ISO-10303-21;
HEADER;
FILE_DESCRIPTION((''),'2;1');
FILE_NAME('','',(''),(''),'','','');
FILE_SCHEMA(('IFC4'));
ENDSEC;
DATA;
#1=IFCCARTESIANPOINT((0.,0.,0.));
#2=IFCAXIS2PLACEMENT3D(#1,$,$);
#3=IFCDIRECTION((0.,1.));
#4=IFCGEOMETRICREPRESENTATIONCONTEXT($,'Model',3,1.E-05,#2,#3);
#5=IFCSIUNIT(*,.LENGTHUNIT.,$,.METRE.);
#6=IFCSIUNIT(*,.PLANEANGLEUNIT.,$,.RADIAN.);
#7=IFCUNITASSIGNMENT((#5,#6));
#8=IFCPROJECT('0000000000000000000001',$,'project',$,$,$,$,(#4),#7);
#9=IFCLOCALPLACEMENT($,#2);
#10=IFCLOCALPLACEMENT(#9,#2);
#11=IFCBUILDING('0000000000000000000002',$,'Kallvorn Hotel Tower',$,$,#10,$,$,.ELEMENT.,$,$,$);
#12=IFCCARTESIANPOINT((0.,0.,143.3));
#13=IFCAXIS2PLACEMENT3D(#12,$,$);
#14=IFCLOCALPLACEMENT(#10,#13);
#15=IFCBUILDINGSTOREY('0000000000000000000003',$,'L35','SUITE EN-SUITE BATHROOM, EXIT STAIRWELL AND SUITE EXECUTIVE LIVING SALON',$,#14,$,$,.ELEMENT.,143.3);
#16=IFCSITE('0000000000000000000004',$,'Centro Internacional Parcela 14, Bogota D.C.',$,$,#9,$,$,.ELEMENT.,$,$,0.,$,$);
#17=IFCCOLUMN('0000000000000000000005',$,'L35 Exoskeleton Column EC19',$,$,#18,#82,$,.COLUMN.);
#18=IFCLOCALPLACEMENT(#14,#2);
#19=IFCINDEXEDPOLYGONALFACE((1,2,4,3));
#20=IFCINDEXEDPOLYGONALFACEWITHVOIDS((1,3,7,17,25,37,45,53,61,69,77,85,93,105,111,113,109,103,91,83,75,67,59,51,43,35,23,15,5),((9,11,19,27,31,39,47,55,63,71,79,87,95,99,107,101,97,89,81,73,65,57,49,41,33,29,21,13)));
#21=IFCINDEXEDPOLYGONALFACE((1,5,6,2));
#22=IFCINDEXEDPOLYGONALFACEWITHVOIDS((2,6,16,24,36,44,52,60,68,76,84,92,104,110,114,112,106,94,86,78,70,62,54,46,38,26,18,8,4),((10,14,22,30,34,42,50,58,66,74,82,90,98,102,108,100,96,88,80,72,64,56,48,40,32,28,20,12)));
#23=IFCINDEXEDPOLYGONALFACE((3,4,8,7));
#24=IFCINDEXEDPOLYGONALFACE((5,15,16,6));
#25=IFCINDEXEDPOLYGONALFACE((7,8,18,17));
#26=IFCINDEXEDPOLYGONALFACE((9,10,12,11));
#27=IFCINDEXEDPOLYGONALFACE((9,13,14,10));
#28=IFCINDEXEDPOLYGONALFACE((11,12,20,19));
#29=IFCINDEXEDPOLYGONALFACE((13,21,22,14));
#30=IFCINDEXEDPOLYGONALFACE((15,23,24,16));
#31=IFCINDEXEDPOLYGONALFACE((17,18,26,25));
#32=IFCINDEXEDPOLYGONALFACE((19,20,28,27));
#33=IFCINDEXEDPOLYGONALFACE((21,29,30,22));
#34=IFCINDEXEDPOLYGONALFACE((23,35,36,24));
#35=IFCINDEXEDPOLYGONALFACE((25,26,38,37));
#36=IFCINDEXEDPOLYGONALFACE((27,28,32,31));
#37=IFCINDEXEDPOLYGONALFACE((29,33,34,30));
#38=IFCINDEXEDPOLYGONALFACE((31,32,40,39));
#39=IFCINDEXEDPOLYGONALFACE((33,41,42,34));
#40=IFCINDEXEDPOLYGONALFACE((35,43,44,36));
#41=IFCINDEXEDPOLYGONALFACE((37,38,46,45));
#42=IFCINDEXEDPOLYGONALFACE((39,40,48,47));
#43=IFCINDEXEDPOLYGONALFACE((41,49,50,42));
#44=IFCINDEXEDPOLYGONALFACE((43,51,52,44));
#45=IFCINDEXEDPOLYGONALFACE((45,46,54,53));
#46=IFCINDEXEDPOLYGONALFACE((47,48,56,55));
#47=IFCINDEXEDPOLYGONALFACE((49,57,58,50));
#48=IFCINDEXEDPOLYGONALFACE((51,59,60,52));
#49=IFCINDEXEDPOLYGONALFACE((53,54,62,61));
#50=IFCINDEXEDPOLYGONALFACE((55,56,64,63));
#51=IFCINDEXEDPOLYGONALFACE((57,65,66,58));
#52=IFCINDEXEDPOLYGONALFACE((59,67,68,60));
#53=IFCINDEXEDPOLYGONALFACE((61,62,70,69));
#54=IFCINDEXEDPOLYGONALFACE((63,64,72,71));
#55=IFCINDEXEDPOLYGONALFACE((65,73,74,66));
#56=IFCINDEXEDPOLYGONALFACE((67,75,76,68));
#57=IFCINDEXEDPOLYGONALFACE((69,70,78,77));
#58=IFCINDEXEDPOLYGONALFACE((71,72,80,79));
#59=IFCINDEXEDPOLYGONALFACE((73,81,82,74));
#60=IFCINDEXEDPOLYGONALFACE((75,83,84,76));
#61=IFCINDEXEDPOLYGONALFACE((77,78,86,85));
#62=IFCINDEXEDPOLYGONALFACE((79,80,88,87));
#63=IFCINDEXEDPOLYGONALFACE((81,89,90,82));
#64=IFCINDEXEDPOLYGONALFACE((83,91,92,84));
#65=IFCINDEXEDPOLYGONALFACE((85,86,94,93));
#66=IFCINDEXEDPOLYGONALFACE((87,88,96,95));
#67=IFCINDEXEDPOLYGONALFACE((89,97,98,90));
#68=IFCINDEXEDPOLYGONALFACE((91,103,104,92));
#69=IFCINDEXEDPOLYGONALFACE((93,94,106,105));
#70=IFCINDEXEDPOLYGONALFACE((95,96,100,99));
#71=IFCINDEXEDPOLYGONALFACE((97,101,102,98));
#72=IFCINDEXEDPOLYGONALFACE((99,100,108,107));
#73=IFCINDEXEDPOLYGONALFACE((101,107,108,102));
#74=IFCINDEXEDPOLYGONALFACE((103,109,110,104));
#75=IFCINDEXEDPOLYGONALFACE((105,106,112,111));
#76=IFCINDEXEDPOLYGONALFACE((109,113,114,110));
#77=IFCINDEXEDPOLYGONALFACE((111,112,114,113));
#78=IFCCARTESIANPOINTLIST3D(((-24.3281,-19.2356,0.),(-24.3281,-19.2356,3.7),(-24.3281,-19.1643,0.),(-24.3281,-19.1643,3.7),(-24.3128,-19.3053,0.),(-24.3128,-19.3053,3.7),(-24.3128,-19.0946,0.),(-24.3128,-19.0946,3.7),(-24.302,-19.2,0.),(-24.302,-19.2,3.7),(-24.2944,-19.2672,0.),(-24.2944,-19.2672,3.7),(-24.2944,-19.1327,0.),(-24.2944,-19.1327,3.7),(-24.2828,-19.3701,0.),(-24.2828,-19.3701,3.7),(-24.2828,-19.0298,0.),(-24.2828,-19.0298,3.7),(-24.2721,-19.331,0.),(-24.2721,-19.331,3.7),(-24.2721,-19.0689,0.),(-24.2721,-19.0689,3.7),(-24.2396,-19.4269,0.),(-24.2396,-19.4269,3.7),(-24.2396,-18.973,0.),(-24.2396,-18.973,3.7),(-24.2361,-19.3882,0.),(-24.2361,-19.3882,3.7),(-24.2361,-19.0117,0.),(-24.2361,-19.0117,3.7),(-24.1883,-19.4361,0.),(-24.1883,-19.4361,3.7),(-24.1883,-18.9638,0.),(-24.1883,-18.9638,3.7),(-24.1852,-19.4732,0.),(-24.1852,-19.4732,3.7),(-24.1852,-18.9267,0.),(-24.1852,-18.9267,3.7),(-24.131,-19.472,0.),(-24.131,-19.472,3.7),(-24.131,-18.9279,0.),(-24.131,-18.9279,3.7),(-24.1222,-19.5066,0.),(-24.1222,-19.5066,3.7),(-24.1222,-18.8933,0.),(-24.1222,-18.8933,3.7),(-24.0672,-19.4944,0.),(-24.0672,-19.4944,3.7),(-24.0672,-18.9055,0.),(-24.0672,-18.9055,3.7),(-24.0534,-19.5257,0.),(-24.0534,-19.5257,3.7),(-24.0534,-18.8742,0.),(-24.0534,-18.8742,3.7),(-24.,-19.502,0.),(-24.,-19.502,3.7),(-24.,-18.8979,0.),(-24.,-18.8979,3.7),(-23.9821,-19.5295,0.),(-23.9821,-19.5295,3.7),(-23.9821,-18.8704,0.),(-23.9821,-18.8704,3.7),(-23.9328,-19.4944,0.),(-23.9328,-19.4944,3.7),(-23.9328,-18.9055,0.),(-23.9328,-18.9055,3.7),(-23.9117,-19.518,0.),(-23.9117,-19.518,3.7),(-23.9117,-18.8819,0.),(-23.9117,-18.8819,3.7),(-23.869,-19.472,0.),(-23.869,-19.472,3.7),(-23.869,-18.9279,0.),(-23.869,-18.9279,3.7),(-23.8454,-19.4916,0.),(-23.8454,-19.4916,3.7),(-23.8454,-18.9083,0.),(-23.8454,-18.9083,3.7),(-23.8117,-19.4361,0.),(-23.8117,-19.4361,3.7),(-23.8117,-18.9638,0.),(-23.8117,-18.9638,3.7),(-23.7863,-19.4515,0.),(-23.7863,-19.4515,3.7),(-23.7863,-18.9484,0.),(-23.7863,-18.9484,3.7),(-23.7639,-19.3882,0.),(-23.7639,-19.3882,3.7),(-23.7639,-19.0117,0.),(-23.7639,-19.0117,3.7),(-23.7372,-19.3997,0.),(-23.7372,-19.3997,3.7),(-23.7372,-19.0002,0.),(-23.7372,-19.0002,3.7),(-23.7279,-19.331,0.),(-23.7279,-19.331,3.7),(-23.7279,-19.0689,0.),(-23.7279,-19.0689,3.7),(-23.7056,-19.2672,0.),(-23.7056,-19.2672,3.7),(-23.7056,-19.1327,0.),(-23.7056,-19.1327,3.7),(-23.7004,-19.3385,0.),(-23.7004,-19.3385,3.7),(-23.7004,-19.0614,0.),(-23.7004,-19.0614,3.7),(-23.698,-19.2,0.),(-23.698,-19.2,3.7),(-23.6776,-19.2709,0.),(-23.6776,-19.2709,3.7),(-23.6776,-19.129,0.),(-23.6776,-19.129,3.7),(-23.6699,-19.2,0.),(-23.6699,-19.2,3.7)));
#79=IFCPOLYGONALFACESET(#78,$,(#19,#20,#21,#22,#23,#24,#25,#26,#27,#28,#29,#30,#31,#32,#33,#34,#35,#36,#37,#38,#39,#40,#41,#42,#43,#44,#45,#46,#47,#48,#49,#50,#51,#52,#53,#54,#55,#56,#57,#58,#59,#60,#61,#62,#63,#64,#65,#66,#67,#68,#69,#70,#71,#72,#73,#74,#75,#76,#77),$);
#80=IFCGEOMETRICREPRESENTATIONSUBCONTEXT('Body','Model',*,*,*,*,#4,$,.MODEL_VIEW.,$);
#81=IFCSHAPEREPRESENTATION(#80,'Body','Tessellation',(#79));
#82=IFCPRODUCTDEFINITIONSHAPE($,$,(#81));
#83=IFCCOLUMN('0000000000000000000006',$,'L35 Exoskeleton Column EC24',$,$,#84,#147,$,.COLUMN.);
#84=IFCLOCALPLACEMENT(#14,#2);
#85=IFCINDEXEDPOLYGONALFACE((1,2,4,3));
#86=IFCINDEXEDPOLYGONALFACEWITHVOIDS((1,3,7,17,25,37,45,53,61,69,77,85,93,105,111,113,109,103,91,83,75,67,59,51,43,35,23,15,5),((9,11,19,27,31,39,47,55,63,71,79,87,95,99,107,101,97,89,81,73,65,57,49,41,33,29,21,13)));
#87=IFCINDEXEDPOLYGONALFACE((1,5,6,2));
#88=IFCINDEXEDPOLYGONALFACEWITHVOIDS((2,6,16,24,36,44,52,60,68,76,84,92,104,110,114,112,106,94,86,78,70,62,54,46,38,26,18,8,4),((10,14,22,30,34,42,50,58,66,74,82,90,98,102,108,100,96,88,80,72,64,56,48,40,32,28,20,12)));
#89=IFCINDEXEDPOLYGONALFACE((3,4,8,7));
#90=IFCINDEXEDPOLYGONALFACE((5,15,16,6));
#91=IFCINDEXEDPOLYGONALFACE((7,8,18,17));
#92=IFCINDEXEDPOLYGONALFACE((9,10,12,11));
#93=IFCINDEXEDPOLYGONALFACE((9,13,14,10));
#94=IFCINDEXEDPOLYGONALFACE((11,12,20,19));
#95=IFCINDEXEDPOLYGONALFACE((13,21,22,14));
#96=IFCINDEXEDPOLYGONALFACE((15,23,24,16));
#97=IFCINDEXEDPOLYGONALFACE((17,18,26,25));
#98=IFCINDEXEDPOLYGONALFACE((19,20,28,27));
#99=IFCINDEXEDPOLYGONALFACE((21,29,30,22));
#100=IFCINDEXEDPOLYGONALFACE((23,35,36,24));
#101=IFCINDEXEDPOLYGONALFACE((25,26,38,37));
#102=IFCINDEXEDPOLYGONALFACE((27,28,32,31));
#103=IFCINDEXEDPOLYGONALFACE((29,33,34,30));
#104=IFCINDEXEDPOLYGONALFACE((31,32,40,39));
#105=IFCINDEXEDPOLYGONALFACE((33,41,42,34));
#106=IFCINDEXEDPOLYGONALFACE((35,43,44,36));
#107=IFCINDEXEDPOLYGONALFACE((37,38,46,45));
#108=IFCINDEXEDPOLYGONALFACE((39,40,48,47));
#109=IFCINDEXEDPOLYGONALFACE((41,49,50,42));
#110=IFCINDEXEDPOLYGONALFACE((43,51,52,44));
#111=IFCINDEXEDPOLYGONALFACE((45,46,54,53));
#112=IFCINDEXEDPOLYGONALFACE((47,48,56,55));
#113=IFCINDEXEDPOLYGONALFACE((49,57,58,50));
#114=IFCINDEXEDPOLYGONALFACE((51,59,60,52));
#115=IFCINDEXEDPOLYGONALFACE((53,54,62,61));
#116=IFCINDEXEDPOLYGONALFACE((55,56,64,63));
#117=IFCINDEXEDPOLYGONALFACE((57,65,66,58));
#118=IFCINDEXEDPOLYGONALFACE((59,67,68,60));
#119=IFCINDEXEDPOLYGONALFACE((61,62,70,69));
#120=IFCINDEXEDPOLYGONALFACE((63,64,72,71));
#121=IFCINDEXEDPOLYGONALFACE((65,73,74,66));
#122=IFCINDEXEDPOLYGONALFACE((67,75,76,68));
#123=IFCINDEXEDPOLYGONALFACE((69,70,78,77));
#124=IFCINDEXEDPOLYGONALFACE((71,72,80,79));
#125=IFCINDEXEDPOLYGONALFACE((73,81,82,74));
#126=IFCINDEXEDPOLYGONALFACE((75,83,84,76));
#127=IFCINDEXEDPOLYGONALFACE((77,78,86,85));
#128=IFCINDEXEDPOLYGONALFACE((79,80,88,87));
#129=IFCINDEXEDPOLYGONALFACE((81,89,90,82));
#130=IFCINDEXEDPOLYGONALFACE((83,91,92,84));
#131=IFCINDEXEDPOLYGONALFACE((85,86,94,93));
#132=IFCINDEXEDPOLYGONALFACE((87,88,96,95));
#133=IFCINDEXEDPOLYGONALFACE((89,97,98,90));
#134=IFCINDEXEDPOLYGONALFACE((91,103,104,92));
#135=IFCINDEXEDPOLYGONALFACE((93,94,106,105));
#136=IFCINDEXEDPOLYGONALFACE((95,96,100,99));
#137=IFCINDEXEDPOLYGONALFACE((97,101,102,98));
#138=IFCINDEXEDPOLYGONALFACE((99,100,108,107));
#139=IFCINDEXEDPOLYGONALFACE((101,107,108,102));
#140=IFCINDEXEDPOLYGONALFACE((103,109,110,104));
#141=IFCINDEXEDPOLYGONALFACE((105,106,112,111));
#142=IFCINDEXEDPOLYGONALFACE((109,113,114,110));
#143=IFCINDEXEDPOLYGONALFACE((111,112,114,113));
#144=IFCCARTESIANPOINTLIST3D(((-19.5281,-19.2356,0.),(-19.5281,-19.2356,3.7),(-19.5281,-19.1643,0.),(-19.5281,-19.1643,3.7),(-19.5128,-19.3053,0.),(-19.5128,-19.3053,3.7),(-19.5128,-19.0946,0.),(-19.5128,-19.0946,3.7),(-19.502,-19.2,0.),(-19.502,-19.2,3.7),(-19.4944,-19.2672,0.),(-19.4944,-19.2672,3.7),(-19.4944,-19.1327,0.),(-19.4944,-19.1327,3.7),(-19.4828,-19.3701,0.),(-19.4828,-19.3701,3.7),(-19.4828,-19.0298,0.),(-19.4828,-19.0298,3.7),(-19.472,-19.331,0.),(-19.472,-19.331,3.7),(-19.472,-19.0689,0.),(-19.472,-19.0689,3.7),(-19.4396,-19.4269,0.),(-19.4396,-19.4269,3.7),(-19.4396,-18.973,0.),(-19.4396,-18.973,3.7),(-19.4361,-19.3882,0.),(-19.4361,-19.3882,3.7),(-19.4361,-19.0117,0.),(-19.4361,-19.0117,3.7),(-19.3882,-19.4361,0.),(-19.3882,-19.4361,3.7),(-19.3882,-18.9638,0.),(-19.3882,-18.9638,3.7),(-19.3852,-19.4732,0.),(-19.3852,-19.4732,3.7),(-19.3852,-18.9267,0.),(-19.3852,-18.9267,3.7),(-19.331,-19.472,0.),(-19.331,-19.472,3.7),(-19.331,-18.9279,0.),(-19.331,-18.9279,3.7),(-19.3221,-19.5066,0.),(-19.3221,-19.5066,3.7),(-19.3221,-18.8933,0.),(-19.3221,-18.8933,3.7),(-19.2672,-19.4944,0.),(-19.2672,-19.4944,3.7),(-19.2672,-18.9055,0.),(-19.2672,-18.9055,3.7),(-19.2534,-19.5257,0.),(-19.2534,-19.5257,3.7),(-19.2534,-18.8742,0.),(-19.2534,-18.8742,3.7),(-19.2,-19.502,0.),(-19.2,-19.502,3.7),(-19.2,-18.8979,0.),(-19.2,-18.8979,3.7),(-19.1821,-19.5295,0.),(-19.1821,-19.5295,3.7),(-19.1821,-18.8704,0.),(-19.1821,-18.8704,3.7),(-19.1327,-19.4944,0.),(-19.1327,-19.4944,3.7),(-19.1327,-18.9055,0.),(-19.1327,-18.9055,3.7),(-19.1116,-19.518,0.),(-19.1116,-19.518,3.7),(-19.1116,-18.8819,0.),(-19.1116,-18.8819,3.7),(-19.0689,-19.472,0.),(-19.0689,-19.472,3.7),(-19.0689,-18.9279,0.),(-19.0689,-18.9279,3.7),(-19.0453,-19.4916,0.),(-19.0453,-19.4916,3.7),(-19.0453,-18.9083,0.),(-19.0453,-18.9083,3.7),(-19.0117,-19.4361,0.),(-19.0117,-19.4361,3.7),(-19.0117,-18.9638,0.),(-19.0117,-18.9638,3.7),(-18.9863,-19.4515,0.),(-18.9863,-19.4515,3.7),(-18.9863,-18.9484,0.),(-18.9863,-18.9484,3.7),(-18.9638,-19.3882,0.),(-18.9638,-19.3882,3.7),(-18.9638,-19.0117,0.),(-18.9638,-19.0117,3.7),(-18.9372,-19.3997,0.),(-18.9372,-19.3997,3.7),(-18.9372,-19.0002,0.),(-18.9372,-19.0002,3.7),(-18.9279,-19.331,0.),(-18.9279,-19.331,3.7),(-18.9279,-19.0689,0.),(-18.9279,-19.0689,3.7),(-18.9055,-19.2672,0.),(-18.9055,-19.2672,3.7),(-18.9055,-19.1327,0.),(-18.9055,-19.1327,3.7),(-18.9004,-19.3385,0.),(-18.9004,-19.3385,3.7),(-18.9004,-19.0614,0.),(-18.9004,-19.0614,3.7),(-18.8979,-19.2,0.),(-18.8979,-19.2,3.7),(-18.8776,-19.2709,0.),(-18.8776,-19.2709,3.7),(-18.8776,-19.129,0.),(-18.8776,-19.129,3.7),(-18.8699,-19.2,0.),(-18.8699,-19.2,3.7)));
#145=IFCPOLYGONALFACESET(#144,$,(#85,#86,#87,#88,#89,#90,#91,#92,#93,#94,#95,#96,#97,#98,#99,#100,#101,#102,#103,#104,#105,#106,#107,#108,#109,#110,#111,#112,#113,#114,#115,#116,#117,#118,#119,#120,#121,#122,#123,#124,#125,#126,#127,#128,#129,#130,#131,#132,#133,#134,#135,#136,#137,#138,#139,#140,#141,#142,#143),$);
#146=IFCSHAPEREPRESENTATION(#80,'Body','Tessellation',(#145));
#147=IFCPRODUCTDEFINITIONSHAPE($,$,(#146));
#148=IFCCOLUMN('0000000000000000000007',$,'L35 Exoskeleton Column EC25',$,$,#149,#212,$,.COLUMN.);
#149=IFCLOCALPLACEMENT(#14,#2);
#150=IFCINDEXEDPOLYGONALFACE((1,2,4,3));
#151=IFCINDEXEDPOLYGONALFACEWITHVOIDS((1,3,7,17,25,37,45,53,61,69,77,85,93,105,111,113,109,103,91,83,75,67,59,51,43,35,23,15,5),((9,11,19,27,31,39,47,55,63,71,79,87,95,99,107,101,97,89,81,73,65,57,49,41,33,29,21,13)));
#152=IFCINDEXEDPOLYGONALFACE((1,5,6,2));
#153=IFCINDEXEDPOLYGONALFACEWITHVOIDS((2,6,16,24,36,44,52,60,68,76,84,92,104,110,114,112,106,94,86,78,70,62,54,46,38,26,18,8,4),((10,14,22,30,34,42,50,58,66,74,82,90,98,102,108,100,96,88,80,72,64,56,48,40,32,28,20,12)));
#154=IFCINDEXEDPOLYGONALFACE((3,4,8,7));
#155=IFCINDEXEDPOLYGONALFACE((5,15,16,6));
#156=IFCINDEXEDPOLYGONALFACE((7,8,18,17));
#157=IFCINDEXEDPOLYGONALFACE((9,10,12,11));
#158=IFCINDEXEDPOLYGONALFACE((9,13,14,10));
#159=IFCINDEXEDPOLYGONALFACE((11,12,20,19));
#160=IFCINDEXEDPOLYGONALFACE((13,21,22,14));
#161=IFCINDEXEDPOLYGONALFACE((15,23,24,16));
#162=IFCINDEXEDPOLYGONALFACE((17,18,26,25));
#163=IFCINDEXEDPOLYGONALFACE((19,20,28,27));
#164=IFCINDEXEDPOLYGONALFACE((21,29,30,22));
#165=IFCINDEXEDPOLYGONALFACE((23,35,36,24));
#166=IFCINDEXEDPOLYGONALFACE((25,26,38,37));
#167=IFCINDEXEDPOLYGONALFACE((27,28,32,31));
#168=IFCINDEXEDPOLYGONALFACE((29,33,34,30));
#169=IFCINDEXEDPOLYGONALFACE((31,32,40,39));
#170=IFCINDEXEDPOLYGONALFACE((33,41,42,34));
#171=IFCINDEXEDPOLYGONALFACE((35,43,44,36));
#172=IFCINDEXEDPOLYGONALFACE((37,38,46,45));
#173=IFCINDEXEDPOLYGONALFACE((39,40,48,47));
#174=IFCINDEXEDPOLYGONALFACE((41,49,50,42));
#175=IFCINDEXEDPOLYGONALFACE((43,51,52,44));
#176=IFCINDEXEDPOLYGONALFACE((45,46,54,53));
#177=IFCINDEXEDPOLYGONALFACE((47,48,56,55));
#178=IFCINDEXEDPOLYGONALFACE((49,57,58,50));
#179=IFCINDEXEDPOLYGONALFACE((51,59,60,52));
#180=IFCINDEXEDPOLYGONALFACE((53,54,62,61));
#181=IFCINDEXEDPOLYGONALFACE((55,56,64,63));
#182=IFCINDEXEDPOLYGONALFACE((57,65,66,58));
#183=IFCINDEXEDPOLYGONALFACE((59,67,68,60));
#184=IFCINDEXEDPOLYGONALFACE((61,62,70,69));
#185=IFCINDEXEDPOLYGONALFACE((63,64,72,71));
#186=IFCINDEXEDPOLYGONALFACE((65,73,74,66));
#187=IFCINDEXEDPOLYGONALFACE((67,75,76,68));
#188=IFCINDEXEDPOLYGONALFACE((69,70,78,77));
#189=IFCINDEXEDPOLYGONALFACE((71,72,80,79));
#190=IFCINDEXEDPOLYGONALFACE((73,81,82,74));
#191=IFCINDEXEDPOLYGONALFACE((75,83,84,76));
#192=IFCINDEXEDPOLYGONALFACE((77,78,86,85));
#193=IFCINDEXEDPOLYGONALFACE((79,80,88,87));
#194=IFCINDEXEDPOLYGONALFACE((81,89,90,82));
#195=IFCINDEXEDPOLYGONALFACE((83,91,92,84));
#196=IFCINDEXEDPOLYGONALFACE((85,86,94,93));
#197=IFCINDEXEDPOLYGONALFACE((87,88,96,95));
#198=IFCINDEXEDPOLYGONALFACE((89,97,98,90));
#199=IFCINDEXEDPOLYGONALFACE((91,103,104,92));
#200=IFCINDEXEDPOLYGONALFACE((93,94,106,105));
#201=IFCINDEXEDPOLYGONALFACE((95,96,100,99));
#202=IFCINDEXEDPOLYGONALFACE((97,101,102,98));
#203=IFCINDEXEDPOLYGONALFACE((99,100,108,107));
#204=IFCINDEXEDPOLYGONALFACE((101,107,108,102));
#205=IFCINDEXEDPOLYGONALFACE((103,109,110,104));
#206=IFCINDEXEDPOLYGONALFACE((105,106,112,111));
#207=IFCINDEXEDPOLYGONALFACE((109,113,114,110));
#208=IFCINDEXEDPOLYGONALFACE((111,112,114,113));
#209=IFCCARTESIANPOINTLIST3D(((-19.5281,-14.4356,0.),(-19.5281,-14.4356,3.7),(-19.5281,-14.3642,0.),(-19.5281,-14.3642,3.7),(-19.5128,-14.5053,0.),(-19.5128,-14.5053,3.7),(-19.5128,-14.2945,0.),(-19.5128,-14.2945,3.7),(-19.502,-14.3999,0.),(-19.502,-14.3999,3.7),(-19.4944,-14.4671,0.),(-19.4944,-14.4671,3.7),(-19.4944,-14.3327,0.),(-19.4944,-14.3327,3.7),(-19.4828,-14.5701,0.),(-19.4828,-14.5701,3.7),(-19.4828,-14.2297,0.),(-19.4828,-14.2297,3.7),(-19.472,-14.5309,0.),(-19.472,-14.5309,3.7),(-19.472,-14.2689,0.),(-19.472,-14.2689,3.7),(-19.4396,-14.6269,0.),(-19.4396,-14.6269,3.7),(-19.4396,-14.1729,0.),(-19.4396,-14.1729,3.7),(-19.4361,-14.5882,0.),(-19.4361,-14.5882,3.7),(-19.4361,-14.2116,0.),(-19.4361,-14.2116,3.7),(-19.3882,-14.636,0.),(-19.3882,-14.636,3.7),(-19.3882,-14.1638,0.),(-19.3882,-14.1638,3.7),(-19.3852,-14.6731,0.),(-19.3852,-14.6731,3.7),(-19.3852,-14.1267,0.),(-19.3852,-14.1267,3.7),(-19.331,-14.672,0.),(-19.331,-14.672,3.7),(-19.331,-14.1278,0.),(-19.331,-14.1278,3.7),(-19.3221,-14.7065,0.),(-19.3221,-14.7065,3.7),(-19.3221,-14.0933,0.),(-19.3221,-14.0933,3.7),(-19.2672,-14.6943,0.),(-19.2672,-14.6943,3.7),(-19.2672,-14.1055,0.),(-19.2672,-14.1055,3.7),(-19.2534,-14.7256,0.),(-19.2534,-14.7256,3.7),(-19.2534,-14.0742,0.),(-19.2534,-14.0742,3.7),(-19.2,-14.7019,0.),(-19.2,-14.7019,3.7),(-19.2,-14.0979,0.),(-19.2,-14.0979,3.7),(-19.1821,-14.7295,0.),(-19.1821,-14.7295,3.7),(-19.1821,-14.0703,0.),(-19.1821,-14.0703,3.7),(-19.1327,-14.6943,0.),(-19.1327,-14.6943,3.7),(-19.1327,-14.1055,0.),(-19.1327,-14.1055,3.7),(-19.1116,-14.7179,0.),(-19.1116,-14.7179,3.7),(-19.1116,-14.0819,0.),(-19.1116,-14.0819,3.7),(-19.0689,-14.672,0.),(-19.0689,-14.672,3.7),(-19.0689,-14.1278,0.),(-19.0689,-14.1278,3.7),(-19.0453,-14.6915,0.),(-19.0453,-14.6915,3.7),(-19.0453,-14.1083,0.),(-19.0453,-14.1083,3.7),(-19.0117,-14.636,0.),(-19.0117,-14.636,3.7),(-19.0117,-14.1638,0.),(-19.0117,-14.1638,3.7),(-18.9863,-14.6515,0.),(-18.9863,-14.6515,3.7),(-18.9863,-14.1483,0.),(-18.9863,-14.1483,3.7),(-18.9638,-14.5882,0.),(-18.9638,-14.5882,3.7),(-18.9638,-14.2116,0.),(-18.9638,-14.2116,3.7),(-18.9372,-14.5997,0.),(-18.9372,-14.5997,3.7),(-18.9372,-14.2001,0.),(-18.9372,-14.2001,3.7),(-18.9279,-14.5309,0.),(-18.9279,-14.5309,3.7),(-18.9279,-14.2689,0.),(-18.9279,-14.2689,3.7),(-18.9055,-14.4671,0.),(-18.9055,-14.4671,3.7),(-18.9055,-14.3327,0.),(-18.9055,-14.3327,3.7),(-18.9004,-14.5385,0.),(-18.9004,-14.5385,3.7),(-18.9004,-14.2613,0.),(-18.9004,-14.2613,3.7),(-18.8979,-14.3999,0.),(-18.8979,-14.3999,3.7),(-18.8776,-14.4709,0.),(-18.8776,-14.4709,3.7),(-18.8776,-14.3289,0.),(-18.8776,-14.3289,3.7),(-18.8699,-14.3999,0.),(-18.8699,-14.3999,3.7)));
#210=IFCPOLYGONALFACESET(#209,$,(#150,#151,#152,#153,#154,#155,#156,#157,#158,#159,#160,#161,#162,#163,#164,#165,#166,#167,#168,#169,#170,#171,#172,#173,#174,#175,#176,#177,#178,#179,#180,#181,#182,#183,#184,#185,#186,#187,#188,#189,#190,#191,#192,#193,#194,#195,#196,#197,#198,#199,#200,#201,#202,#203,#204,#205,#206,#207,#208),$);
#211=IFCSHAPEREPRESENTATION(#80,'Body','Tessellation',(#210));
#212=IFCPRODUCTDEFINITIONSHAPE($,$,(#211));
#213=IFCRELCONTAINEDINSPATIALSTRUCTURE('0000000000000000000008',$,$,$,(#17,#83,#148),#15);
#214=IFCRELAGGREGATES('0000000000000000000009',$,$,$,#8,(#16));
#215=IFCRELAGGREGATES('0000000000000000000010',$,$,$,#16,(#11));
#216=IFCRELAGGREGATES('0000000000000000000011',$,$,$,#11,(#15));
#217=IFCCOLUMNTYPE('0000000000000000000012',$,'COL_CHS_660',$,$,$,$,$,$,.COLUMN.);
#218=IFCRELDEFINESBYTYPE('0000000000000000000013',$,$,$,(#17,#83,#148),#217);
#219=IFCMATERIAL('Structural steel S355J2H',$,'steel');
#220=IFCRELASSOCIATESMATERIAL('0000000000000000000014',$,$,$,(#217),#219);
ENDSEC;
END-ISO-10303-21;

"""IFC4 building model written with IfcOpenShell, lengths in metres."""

from ifc_helpers import new_model, si_unit, direction, frame, origin, origin_2d, place, context, subcontext, project, spatial, hollow_circle, extrude, material, material_profile, profile_set, type_object, element, save


model = new_model("IFC4")

# Units and contexts
model_context = context("Model", 3, precision=1e-05, world=origin(), true_north=direction((0.0, 1.0)))
body_context = subcontext(model_context, "Body", "Model", "MODEL_VIEW")
ifc_project = project(units=[si_unit("LENGTHUNIT", "METRE"), si_unit("PLANEANGLEUNIT", "RADIAN")], contexts=[model_context])

# Site, building, storey
site_placement = place(None, origin())
site = spatial("IfcSite", under=ifc_project, at=site_placement, Name="Centro Internacional Parcela 14, Bogota D.C.", CompositionType="ELEMENT", RefElevation=0.0)
building_placement = place(site_placement, origin())
building = spatial("IfcBuilding", under=site, at=building_placement, Name="Kallvorn Hotel Tower", CompositionType="ELEMENT")
storey_placement = place(building_placement, frame((0.0, 0.0, 143.3)))
storey = spatial("IfcBuildingStorey", under=building, at=storey_placement, Name="L35", Description="SUITE EN-SUITE BATHROOM, EXIT STAIRWELL AND SUITE EXECUTIVE LIVING SALON", CompositionType="ELEMENT", Elevation=143.3)

# Columns
ifc_material_1 = material(Name="Structural steel S355J2H", Category="steel")
ifc_material_profile_1 = material_profile(ifc_material_1, hollow_circle(Radius=0.3301, WallThickness=0.0281, at=origin_2d()), Name="CHS 660x28")
ifc_profile_set_1 = profile_set([ifc_material_profile_1], Name="Structural steel S355J2H")
column_type_1 = type_object("IfcColumnType", Name="COL_CHS_660", PredefinedType="COLUMN", material=ifc_profile_set_1)
for number, where, z_axis, x_axis, name in (
    (1, (-24.0, -19.2, 0.0), (0.0, 0.0, 1.0), (1.0, 0.0, 0.0), "L35 Exoskeleton Column EC19"),
    (2, (-19.2, -19.2, 0.0), (0.0, 0.0, 1.0), (1.0, 0.0, 0.0), "L35 Exoskeleton Column EC24"),
    (3, (-19.2, -14.3999, 0.0), (0.0, 0.0, 1.0), (1.0, 0.0, 0.0), "L35 Exoskeleton Column EC25"),
):
    element("IfcColumn", number, at=place(storey_placement, frame(where, z_axis=z_axis, x_axis=x_axis)), inside=storey, type_object=column_type_1, Name=name, PredefinedType="COLUMN", context=body_context, shape_type="SweptSolid", body=[
        extrude(hollow_circle(Radius=0.3301, WallThickness=0.0281, at=origin_2d()), origin(), (0.0, 0.0, 1.0), 3.7),
    ])

save(model, "model.ifc")
